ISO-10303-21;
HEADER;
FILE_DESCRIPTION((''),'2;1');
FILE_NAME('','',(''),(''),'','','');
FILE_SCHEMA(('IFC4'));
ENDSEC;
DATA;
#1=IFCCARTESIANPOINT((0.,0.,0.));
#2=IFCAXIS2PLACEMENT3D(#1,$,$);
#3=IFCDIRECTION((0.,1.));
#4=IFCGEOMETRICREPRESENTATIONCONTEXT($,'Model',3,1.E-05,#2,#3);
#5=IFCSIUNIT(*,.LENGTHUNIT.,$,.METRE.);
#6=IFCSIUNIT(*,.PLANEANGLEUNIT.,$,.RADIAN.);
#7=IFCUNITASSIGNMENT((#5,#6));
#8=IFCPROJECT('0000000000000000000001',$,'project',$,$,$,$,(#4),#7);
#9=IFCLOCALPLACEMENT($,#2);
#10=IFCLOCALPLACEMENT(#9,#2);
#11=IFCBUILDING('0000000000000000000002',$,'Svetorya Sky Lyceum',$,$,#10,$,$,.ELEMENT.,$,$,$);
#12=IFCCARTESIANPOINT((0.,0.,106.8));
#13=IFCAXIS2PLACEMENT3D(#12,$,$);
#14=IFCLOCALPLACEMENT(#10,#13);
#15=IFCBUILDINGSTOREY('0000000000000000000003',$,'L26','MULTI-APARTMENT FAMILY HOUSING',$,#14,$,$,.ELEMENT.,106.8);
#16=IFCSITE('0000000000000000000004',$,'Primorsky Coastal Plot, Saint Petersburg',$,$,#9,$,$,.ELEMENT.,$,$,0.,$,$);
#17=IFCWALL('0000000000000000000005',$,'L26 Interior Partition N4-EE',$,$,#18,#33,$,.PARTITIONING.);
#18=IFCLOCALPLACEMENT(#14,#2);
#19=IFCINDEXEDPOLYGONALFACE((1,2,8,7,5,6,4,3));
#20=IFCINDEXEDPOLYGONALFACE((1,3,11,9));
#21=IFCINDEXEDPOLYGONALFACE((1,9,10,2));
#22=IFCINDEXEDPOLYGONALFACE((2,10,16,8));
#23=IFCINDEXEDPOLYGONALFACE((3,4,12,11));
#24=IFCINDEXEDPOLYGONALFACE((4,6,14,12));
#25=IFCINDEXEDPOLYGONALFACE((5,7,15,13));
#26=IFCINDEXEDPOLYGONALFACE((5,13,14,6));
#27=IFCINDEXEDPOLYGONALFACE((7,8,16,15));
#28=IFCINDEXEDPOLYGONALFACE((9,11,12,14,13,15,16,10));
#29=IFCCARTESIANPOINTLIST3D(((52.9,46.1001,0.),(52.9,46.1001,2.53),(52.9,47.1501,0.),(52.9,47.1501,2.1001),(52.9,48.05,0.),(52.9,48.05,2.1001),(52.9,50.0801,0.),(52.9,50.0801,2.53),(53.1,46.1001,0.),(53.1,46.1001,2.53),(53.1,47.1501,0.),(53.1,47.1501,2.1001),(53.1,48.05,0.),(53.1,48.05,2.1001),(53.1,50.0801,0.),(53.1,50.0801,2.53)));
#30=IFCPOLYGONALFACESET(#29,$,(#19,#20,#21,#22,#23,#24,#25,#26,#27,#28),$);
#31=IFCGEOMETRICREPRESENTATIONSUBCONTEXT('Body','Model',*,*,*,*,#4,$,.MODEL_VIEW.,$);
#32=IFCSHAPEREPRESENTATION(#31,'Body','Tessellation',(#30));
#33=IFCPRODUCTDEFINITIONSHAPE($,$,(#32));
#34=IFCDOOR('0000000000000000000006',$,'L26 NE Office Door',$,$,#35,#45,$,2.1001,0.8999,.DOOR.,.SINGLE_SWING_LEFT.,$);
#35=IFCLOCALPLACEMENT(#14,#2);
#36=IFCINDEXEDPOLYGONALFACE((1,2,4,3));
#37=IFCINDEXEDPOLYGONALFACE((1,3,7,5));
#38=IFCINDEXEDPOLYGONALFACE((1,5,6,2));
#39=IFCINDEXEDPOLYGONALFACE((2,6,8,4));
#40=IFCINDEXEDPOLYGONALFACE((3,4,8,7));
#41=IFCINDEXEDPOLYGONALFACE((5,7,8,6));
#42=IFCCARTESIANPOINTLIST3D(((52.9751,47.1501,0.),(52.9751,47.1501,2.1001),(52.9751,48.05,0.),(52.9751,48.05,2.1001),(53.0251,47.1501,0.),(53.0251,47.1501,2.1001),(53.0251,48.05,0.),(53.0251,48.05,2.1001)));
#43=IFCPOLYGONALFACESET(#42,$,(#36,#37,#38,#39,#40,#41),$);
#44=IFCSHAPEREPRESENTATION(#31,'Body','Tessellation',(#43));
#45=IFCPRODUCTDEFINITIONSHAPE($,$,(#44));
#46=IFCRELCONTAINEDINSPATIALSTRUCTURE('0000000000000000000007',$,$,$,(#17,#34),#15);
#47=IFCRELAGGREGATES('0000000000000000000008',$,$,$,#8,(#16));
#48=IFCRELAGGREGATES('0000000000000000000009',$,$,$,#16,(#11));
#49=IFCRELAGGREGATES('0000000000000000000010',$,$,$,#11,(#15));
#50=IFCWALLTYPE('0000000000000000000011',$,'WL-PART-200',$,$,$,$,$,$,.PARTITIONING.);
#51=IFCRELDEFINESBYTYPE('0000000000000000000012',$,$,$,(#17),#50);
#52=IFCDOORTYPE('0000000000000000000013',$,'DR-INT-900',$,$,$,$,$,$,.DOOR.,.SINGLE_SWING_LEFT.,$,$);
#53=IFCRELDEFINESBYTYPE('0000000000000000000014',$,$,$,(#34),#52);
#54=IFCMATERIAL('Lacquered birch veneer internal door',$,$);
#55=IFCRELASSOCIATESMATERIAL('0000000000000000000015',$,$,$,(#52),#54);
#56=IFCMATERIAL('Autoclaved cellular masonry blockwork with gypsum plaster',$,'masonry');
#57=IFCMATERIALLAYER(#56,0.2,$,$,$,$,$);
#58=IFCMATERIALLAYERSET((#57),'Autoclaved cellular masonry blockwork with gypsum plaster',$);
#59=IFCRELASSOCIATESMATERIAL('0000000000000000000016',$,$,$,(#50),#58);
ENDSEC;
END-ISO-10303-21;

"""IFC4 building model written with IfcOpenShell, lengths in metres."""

from ifc_helpers import new_model, si_unit, direction, frame, frame_2d, origin, place, context, subcontext, project, spatial, rectangle, extrude, material, layer, layer_set, type_object, element, fill, save


model = new_model("IFC4")

# Units and contexts
model_context = context("Model", 3, precision=1e-05, world=origin(), true_north=direction((0.0, 1.0)))
body_context = subcontext(model_context, "Body", "Model", "MODEL_VIEW")
ifc_project = project(units=[si_unit("LENGTHUNIT", "METRE"), si_unit("PLANEANGLEUNIT", "RADIAN")], contexts=[model_context])

# Site, building, storey
site_placement = place(None, origin())
site = spatial("IfcSite", under=ifc_project, at=site_placement, Name="Primorsky Coastal Plot, Saint Petersburg", CompositionType="ELEMENT", RefElevation=0.0)
building_placement = place(site_placement, origin())
building = spatial("IfcBuilding", under=site, at=building_placement, Name="Svetorya Sky Lyceum", CompositionType="ELEMENT")
storey_placement = place(building_placement, frame((0.0, 0.0, 106.8)))
storey = spatial("IfcBuildingStorey", under=building, at=storey_placement, Name="L26", Description="MULTI-APARTMENT FAMILY HOUSING", CompositionType="ELEMENT", Elevation=106.8)

# Shared definitions
ifc_material_1 = material(Name="Lacquered birch veneer internal door")
door_type_1 = type_object("IfcDoorType", Name="DR-INT-900", OperationType="SINGLE_SWING_LEFT", PredefinedType="DOOR", material=ifc_material_1)

# Shared definitions
ifc_material_2 = material(Name="Autoclaved cellular masonry blockwork with gypsum plaster", Category="masonry")
ifc_layer_1 = layer(ifc_material_2, 0.2)
ifc_layer_set_1 = layer_set([ifc_layer_1], Name="Autoclaved cellular masonry blockwork with gypsum plaster")
wall_type_1 = type_object("IfcWallType", Name="WL-PART-200", PredefinedType="PARTITIONING", material=ifc_layer_set_1)

# Wall, opening, door
wall_1_placement = place(storey_placement, frame((53.0, 46.1001, 0.0), z_axis=(0.0, 0.0, 1.0), x_axis=(0.0, 1.0, 0.0)))
wall_1 = element("IfcWall", 1, at=wall_1_placement, inside=storey, type_object=wall_type_1, Name="L26 Interior Partition N4-EE", PredefinedType="PARTITIONING", context=body_context, shape_type="SweptSolid", body=[
    extrude(rectangle(XDim=3.98, YDim=0.2, at=frame_2d((1.99, 0.0))), origin(), (0.0, 0.0, 1.0), 2.53),
])
opening_1_placement = place(wall_1_placement, frame((1.05, 0.0, 0.0)))
opening_1 = element("IfcOpeningElement", 2, at=opening_1_placement, cuts=wall_1, PredefinedType="OPENING", context=body_context, shape_type="SweptSolid", body=[
    extrude(rectangle(XDim=0.8999, YDim=2.1001, at=frame_2d((0.45, 1.05))), frame((0.0, 0.1099, 0.0), z_axis=(0.0, -1.0, 0.0), x_axis=(1.0, 0.0, 0.0)), (0.0, 0.0, 1.0), 0.22),
])
door_1_placement = place(opening_1_placement, origin())
door_1 = element("IfcDoor", 3, at=door_1_placement, inside=storey, type_object=door_type_1, Name="L26 NE Office Door", OperationType="SINGLE_SWING_LEFT", OverallHeight=2.1001, OverallWidth=0.8999, PredefinedType="DOOR", context=body_context, shape_type="SweptSolid", body=[
    extrude(rectangle(XDim=0.8999, YDim=2.1001, at=frame_2d((0.45, 1.05))), frame((0.0, 0.0249, 0.0), z_axis=(0.0, -1.0, 0.0), x_axis=(1.0, 0.0, 0.0)), (0.0, 0.0, 1.0), 0.05),
])
fill(opening_1, door_1)

save(model, "model.ifc")
